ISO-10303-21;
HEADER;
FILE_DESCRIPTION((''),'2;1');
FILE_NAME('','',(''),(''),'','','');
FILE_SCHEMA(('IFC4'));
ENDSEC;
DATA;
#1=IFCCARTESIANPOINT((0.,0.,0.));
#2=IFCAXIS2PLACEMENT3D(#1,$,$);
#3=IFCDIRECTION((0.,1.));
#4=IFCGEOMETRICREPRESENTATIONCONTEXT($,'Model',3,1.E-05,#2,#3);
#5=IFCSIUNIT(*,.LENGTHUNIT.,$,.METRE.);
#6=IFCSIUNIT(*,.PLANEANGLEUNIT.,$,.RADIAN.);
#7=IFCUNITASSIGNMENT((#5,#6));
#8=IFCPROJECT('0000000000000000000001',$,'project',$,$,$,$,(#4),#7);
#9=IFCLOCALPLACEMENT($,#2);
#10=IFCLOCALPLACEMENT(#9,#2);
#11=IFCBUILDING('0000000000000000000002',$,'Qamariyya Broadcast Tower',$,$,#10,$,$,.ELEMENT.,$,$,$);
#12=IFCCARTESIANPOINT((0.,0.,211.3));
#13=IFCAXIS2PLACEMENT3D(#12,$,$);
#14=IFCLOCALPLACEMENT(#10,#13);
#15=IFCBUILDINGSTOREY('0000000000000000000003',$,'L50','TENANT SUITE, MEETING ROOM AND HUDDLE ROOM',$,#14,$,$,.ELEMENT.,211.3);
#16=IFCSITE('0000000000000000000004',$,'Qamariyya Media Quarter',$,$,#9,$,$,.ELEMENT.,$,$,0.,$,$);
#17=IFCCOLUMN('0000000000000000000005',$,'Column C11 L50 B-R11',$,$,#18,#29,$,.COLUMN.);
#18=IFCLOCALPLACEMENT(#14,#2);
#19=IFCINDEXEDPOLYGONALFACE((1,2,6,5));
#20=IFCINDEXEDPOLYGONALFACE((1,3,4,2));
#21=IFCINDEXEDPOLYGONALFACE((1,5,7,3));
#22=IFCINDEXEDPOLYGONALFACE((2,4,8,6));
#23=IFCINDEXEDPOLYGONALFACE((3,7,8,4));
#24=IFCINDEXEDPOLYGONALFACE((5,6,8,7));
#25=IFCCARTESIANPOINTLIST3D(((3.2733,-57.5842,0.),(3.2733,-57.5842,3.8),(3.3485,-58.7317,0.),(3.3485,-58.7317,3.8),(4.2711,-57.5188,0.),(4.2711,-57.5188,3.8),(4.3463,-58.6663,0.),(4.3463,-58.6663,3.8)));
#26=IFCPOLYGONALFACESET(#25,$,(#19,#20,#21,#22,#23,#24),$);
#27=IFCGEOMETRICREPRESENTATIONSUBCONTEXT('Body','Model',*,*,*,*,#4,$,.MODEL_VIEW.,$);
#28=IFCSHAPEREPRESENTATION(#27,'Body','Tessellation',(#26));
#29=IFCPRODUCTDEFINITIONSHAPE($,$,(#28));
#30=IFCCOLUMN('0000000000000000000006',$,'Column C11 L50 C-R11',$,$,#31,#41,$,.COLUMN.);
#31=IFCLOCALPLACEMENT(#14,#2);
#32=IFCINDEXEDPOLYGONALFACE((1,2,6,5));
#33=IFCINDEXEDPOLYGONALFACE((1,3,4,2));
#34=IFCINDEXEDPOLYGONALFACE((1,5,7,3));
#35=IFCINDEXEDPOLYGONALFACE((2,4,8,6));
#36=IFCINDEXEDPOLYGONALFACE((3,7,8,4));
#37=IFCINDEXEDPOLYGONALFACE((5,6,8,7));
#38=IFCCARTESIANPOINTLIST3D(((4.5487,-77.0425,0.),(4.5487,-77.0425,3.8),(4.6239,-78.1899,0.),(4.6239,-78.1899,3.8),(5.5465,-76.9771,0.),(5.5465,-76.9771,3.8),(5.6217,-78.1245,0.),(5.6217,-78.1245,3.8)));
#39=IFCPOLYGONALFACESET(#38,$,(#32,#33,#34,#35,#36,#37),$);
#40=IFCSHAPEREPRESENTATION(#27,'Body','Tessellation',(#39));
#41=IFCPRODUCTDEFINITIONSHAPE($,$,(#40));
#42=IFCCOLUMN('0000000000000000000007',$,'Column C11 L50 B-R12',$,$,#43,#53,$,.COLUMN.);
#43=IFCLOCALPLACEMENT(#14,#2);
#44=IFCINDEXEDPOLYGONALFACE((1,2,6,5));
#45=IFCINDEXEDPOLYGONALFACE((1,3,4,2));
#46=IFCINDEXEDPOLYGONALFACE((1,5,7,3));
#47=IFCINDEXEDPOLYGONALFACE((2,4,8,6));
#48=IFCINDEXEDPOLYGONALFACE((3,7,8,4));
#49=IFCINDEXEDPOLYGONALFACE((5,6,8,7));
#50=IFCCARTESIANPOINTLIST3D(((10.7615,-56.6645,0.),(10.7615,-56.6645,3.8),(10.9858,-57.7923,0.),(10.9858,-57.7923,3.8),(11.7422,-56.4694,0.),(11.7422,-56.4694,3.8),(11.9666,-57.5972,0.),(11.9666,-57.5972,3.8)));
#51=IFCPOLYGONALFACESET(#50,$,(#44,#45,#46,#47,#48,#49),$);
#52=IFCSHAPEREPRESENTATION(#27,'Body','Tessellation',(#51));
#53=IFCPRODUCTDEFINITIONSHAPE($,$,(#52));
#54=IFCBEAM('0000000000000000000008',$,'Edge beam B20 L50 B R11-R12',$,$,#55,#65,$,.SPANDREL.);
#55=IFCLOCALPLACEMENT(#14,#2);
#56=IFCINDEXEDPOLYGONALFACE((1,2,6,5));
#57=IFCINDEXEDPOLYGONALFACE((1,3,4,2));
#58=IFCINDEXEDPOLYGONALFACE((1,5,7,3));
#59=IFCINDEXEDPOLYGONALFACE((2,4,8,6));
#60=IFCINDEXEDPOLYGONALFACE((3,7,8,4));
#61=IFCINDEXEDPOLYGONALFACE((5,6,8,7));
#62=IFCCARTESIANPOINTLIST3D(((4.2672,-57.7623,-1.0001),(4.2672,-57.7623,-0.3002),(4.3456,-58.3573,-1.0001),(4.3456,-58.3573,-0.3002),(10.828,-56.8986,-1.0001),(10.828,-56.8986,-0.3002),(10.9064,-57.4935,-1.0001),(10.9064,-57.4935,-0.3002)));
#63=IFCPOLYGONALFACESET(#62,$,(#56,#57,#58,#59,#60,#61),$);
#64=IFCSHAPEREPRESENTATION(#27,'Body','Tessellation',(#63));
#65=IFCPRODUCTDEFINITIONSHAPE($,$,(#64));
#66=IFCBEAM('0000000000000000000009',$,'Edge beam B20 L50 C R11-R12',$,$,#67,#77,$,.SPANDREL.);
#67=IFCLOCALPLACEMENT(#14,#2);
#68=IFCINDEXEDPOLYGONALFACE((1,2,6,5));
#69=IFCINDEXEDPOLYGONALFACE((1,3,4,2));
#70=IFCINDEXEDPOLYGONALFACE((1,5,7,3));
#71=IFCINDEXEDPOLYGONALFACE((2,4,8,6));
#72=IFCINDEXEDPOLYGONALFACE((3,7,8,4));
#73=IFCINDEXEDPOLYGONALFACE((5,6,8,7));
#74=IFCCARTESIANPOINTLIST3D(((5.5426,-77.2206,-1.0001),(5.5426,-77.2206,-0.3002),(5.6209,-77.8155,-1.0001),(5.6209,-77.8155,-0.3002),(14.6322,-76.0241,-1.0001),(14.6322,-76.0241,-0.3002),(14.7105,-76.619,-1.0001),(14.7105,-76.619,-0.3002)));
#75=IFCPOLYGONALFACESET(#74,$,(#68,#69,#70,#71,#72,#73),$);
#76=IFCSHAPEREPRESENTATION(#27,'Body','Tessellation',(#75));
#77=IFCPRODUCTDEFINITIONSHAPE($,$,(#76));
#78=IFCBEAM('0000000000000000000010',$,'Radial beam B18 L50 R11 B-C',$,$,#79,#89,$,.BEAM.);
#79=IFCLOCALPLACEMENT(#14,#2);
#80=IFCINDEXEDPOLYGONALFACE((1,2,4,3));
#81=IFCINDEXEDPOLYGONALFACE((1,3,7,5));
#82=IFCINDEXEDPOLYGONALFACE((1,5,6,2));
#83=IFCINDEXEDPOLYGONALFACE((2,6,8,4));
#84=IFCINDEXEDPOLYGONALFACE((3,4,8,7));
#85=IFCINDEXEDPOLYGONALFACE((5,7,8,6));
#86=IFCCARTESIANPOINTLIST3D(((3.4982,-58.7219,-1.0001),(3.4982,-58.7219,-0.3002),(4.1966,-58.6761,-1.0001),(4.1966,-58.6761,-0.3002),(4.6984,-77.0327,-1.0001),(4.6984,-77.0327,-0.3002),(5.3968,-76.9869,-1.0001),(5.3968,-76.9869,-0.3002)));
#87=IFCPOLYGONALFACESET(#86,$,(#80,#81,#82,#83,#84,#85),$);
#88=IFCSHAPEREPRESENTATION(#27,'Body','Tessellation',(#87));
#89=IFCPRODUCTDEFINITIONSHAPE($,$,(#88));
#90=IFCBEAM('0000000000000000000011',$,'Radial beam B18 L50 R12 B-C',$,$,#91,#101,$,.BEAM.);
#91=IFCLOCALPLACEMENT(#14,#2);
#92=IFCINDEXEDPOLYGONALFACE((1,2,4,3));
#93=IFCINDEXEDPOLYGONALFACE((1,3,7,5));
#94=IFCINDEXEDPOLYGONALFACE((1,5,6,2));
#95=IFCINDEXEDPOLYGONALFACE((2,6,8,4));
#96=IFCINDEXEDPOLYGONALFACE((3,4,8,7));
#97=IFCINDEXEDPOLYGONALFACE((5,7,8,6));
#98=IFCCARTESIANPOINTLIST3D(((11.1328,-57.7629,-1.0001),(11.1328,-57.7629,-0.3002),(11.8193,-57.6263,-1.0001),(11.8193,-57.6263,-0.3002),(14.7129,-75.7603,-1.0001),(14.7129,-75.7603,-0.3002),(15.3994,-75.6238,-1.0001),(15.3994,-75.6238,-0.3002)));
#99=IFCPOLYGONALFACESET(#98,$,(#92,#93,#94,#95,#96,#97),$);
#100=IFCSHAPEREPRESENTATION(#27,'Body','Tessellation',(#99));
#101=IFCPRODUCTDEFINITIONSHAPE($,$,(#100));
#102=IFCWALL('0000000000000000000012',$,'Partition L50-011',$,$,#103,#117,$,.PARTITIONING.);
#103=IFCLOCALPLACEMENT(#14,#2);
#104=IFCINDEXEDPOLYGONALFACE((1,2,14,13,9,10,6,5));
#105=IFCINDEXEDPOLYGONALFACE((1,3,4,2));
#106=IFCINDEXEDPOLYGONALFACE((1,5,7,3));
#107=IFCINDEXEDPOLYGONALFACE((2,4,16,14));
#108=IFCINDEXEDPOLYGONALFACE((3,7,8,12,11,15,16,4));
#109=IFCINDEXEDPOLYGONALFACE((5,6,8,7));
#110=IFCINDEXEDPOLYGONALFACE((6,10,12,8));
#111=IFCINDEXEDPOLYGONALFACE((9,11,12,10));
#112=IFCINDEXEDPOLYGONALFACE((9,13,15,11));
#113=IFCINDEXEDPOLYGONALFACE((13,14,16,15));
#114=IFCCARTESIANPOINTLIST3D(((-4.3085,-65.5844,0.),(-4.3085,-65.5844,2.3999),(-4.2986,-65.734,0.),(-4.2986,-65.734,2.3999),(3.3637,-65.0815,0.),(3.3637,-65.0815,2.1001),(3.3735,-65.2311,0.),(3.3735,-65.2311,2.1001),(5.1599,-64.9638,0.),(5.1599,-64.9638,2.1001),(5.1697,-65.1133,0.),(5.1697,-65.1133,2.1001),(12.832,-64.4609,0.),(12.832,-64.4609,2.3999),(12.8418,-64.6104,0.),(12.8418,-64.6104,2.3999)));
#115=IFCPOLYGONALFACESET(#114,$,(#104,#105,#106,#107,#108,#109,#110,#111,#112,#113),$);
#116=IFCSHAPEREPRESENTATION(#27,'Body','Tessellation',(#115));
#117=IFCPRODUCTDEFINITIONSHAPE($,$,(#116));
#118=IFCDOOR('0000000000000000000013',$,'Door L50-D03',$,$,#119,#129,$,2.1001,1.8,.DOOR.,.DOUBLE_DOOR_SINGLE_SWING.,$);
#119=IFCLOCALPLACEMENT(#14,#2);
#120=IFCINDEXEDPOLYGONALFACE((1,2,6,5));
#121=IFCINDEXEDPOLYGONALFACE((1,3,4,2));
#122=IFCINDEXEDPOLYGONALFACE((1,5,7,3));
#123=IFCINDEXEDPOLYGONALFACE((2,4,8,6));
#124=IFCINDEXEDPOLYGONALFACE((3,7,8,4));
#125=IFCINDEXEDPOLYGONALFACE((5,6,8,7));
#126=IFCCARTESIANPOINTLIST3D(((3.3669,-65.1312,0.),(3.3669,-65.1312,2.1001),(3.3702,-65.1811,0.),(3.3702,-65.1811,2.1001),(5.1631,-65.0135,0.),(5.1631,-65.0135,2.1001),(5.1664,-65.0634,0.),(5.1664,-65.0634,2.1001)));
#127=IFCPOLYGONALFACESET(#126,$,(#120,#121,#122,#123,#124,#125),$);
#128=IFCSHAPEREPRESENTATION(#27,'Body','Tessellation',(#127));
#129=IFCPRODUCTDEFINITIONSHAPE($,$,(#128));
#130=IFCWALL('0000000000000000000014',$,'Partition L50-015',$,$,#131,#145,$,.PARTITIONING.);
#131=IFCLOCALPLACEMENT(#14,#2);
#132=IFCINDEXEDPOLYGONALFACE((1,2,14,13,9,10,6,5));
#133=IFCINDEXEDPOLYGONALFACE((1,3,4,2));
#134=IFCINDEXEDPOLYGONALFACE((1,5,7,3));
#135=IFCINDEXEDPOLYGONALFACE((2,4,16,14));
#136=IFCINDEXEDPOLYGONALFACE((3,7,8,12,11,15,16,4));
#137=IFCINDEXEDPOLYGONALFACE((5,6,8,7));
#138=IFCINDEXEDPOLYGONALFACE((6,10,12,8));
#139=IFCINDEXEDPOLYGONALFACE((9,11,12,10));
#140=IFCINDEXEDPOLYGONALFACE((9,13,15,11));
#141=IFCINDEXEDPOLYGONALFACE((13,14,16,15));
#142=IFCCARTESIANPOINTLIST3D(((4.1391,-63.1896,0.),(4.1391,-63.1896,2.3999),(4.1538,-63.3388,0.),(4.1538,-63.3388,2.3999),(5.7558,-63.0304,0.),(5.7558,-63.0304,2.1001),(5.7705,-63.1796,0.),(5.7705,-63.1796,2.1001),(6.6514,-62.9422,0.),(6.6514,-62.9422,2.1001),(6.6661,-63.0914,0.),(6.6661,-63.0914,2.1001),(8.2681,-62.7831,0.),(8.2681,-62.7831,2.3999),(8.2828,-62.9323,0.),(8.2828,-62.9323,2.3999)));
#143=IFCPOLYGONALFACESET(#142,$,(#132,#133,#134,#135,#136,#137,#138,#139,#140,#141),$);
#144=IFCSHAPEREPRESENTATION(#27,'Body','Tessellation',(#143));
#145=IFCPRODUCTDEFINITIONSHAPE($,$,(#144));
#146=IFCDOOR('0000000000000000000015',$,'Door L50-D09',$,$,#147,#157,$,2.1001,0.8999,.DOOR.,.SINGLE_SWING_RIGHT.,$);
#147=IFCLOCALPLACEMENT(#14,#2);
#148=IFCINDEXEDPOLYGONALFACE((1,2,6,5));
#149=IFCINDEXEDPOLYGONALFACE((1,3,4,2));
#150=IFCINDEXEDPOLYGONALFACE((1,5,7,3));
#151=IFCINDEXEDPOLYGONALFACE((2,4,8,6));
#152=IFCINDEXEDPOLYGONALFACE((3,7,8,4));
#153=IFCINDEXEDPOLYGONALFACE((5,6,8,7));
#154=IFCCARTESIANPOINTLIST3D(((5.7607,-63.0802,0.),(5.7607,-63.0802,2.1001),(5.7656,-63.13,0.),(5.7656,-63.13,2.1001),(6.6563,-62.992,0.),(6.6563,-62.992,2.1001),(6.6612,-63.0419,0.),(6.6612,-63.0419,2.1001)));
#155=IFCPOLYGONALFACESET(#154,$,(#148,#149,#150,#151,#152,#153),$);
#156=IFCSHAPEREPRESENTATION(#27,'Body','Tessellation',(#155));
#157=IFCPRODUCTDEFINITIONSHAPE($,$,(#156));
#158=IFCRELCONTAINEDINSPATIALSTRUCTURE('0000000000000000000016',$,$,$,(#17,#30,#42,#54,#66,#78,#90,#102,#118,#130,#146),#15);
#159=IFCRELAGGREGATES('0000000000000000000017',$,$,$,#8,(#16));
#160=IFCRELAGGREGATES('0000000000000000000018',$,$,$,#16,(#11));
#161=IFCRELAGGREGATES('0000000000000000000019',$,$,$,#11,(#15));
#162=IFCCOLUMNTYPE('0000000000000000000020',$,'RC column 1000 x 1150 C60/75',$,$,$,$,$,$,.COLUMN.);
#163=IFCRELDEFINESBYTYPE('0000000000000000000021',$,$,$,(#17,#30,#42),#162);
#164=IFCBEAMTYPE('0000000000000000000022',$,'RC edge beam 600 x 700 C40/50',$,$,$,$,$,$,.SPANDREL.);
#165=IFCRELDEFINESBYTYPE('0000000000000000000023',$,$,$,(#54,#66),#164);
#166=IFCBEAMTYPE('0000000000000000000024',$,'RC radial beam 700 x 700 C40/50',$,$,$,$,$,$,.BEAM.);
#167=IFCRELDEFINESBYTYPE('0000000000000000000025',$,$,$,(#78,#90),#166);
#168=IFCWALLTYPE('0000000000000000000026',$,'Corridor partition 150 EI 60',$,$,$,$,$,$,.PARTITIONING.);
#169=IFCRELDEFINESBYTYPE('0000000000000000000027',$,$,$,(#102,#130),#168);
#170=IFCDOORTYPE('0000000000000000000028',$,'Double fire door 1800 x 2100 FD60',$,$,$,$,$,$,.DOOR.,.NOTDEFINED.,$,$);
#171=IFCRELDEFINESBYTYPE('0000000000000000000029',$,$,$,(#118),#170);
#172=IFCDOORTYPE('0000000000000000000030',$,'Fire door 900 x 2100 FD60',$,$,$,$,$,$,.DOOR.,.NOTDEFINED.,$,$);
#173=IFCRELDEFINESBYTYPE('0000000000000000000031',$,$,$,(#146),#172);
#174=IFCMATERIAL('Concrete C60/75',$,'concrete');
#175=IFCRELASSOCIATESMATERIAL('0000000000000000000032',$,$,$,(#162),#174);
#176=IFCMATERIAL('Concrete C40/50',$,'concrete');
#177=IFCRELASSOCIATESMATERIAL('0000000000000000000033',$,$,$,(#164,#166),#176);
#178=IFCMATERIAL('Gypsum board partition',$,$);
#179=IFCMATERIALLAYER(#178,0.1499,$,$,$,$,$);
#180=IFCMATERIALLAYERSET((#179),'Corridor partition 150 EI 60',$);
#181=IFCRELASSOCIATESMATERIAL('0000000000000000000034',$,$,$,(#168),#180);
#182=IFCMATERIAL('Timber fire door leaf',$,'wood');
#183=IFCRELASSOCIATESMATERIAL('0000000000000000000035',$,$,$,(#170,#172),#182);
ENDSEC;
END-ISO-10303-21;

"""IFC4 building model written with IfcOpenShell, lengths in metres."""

from ifc_helpers import new_model, si_unit, direction, frame, frame_2d, origin, origin_2d, place, context, subcontext, project, spatial, rectangle, extrude, material, layer, layer_set, material_profile, profile_set, type_object, element, fill, save


model = new_model("IFC4")

# Units and contexts
model_context = context("Model", 3, precision=1e-05, world=origin(), true_north=direction((0.0, 1.0)))
body_context = subcontext(model_context, "Body", "Model", "MODEL_VIEW")
ifc_project = project(units=[si_unit("LENGTHUNIT", "METRE"), si_unit("PLANEANGLEUNIT", "RADIAN")], contexts=[model_context])

# Site, building, storey
site_placement = place(None, origin())
site = spatial("IfcSite", under=ifc_project, at=site_placement, Name="Qamariyya Media Quarter", CompositionType="ELEMENT", RefElevation=0.0)
building_placement = place(site_placement, origin())
building = spatial("IfcBuilding", under=site, at=building_placement, Name="Qamariyya Broadcast Tower", CompositionType="ELEMENT")
storey_placement = place(building_placement, frame((0.0, 0.0, 211.3)))
storey = spatial("IfcBuildingStorey", under=building, at=storey_placement, Name="L50", Description="TENANT SUITE, MEETING ROOM AND HUDDLE ROOM", CompositionType="ELEMENT", Elevation=211.3)

# Columns
ifc_material_1 = material(Name="Concrete C60/75", Category="concrete")
ifc_material_profile_1 = material_profile(ifc_material_1, rectangle(XDim=1.0, YDim=1.1499, at=origin_2d()))
ifc_profile_set_1 = profile_set([ifc_material_profile_1], Name="Concrete C60/75")
column_type = type_object("IfcColumnType", Name="RC column 1000 x 1150 C60/75", PredefinedType="COLUMN", material=ifc_profile_set_1)
for number, where, z_axis, x_axis, name in (
    (1, (3.8098, -58.1252, 0.0), (0.0, 0.0, 1.0), (0.997859, 0.065403, 0.0), "Column C11 L50 B-R11"),
    (2, (5.0852, -77.5835, 0.0), (0.0, 0.0, 1.0), (0.997859, 0.065403, 0.0), "Column C11 L50 C-R11"),
    (3, (11.364, -57.1309, 0.0), (0.0, 0.0, 1.0), (0.980785, 0.19509, 0.0), "Column C11 L50 B-R12"),
):
    element("IfcColumn", number, at=place(storey_placement, frame(where, z_axis=z_axis, x_axis=x_axis)), inside=storey, type_object=column_type, Name=name, PredefinedType="COLUMN", context=body_context, shape_type="SweptSolid", body=[
        extrude(rectangle(XDim=1.0, YDim=1.1499, at=origin_2d()), origin(), (0.0, 0.0, 1.0), 3.8),
    ])

# Beams
ifc_material_2 = material(Name="Concrete C40/50", Category="concrete")
ifc_material_profile_2 = material_profile(ifc_material_2, rectangle(XDim=0.6001, YDim=0.7, at=origin_2d()))
ifc_profile_set_2 = profile_set([ifc_material_profile_2], Name="Concrete C40/50")
beam_type_1 = type_object("IfcBeamType", Name="RC edge beam 600 x 700 C40/50", PredefinedType="SPANDREL", material=ifc_profile_set_2)
beam_1_placement = place(storey_placement, frame((4.3064, -58.0598, -0.6501), z_axis=(0.991444, 0.13053, 0.0), x_axis=(-0.13053, 0.991444, 0.0)))
element("IfcBeam", 4, at=beam_1_placement, inside=storey, type_object=beam_type_1, Name="Edge beam B20 L50 B R11-R12", PredefinedType="SPANDREL", context=body_context, shape_type="SweptSolid", body=[
    extrude(rectangle(XDim=0.6001, YDim=0.7, at=origin_2d()), origin(), (0.0, 0.0, 1.0), 6.6174),
])
beam_2_placement = place(storey_placement, frame((5.5818, -77.5181, -0.6501), z_axis=(0.991447, 0.130512, 0.0), x_axis=(-0.130512, 0.991447, 0.0)))
element("IfcBeam", 5, at=beam_2_placement, inside=storey, type_object=beam_type_1, Name="Edge beam B20 L50 C R11-R12", PredefinedType="SPANDREL", context=body_context, shape_type="SweptSolid", body=[
    extrude(rectangle(XDim=0.6001, YDim=0.7, at=origin_2d()), origin(), (0.0, 0.0, 1.0), 9.168),
])
ifc_material_profile_3 = material_profile(ifc_material_2, rectangle(XDim=0.7, YDim=0.7, at=origin_2d()))
ifc_profile_set_3 = profile_set([ifc_material_profile_3], Name="Concrete C40/50")
beam_type_2 = type_object("IfcBeamType", Name="RC radial beam 700 x 700 C40/50", PredefinedType="BEAM", material=ifc_profile_set_3)
for number, where, z_axis, x_axis, name in (
    (6, (3.8474, -58.699, -0.6501), (0.065405, -0.997859, 0.0), (0.997859, 0.065405, 0.0), "Radial beam B18 L50 R11 B-C"),
    (7, (11.4761, -57.6946, -0.6501), (0.195098, -0.980784, 0.0), (0.980784, 0.195098, 0.0), "Radial beam B18 L50 R12 B-C"),
):
    element("IfcBeam", number, at=place(storey_placement, frame(where, z_axis=z_axis, x_axis=x_axis)), inside=storey, type_object=beam_type_2, Name=name, PredefinedType="BEAM", context=body_context, shape_type="SweptSolid", body=[
        extrude(rectangle(XDim=0.7, YDim=0.7, at=origin_2d()), origin(), (0.0, 0.0, 1.0), 18.3501),
    ])

# Walls, openings, doors
ifc_material_3 = material(Name="Gypsum board partition")
ifc_layer_1 = layer(ifc_material_3, 0.1499)
ifc_layer_set_1 = layer_set([ifc_layer_1], Name="Corridor partition 150 EI 60")
wall_type_1 = type_object("IfcWallType", Name="Corridor partition 150 EI 60", PredefinedType="PARTITIONING", material=ifc_layer_set_1)
wall_1_placement = place(storey_placement, frame((12.8369, -64.5356, 0.0), z_axis=(0.0, 0.0, 1.0), x_axis=(-0.997859, -0.065409, 0.0)))
wall_1 = element("IfcWall", 8, at=wall_1_placement, inside=storey, type_object=wall_type_1, Name="Partition L50-011", PredefinedType="PARTITIONING", context=body_context, shape_type="SweptSolid", body=[
    extrude(rectangle(XDim=17.1772, YDim=0.1499, at=frame_2d((8.5886, 0.0))), origin(), (0.0, 0.0, 1.0), 2.3999),
])
opening_1_placement = place(wall_1_placement, frame((7.6887, 0.0, 0.0)))
opening_1 = element("IfcOpeningElement", 9, at=opening_1_placement, cuts=wall_1, PredefinedType="OPENING", context=body_context, shape_type="SweptSolid", body=[
    extrude(rectangle(XDim=1.8, YDim=2.1001, at=frame_2d((0.8999, 1.05))), frame((0.0, 0.085, 0.0), z_axis=(0.0, -1.0, 0.0), x_axis=(1.0, 0.0, 0.0)), (0.0, 0.0, 1.0), 0.1699),
])
ifc_material_4 = material(Name="Timber fire door leaf", Category="wood")
door_type_1 = type_object("IfcDoorType", Name="Double fire door 1800 x 2100 FD60", OperationType="NOTDEFINED", PredefinedType="DOOR", material=ifc_material_4)
door_1_placement = place(opening_1_placement, origin())
door_1 = element("IfcDoor", 10, at=door_1_placement, inside=storey, type_object=door_type_1, Name="Door L50-D03", OperationType="DOUBLE_DOOR_SINGLE_SWING", OverallHeight=2.1001, OverallWidth=1.8, PredefinedType="DOOR", context=body_context, shape_type="SweptSolid", body=[
    extrude(rectangle(XDim=1.8, YDim=2.1001, at=frame_2d((0.8999, 1.05))), frame((0.0, 0.0249, 0.0), z_axis=(0.0, -1.0, 0.0), x_axis=(1.0, 0.0, 0.0)), (0.0, 0.0, 1.0), 0.05),
])
fill(opening_1, door_1)
wall_2_placement = place(storey_placement, frame((4.1465, -63.2642, 0.0), z_axis=(0.0, 0.0, 1.0), x_axis=(0.995189, 0.097977, 0.0)))
wall_2 = element("IfcWall", 11, at=wall_2_placement, inside=storey, type_object=wall_type_1, Name="Partition L50-015", PredefinedType="PARTITIONING", context=body_context, shape_type="SweptSolid", body=[
    extrude(rectangle(XDim=4.1489, YDim=0.1499, at=frame_2d((2.0745, 0.0))), origin(), (0.0, 0.0, 1.0), 2.3999),
])
opening_2_placement = place(wall_2_placement, frame((1.6245, 0.0, 0.0)))
opening_2 = element("IfcOpeningElement", 12, at=opening_2_placement, cuts=wall_2, PredefinedType="OPENING", context=body_context, shape_type="SweptSolid", body=[
    extrude(rectangle(XDim=0.8999, YDim=2.1001, at=frame_2d((0.45, 1.05))), frame((0.0, 0.085, 0.0), z_axis=(0.0, -1.0, 0.0), x_axis=(1.0, 0.0, 0.0)), (0.0, 0.0, 1.0), 0.1699),
])
door_type_2 = type_object("IfcDoorType", Name="Fire door 900 x 2100 FD60", OperationType="NOTDEFINED", PredefinedType="DOOR", material=ifc_material_4)
door_2_placement = place(opening_2_placement, origin())
door_2 = element("IfcDoor", 13, at=door_2_placement, inside=storey, type_object=door_type_2, Name="Door L50-D09", OperationType="SINGLE_SWING_RIGHT", OverallHeight=2.1001, OverallWidth=0.8999, PredefinedType="DOOR", context=body_context, shape_type="SweptSolid", body=[
    extrude(rectangle(XDim=0.8999, YDim=2.1001, at=frame_2d((0.45, 1.05))), frame((0.0, 0.0249, 0.0), z_axis=(0.0, -1.0, 0.0), x_axis=(1.0, 0.0, 0.0)), (0.0, 0.0, 1.0), 0.05),
])
fill(opening_2, door_2)

save(model, "model.ifc")
